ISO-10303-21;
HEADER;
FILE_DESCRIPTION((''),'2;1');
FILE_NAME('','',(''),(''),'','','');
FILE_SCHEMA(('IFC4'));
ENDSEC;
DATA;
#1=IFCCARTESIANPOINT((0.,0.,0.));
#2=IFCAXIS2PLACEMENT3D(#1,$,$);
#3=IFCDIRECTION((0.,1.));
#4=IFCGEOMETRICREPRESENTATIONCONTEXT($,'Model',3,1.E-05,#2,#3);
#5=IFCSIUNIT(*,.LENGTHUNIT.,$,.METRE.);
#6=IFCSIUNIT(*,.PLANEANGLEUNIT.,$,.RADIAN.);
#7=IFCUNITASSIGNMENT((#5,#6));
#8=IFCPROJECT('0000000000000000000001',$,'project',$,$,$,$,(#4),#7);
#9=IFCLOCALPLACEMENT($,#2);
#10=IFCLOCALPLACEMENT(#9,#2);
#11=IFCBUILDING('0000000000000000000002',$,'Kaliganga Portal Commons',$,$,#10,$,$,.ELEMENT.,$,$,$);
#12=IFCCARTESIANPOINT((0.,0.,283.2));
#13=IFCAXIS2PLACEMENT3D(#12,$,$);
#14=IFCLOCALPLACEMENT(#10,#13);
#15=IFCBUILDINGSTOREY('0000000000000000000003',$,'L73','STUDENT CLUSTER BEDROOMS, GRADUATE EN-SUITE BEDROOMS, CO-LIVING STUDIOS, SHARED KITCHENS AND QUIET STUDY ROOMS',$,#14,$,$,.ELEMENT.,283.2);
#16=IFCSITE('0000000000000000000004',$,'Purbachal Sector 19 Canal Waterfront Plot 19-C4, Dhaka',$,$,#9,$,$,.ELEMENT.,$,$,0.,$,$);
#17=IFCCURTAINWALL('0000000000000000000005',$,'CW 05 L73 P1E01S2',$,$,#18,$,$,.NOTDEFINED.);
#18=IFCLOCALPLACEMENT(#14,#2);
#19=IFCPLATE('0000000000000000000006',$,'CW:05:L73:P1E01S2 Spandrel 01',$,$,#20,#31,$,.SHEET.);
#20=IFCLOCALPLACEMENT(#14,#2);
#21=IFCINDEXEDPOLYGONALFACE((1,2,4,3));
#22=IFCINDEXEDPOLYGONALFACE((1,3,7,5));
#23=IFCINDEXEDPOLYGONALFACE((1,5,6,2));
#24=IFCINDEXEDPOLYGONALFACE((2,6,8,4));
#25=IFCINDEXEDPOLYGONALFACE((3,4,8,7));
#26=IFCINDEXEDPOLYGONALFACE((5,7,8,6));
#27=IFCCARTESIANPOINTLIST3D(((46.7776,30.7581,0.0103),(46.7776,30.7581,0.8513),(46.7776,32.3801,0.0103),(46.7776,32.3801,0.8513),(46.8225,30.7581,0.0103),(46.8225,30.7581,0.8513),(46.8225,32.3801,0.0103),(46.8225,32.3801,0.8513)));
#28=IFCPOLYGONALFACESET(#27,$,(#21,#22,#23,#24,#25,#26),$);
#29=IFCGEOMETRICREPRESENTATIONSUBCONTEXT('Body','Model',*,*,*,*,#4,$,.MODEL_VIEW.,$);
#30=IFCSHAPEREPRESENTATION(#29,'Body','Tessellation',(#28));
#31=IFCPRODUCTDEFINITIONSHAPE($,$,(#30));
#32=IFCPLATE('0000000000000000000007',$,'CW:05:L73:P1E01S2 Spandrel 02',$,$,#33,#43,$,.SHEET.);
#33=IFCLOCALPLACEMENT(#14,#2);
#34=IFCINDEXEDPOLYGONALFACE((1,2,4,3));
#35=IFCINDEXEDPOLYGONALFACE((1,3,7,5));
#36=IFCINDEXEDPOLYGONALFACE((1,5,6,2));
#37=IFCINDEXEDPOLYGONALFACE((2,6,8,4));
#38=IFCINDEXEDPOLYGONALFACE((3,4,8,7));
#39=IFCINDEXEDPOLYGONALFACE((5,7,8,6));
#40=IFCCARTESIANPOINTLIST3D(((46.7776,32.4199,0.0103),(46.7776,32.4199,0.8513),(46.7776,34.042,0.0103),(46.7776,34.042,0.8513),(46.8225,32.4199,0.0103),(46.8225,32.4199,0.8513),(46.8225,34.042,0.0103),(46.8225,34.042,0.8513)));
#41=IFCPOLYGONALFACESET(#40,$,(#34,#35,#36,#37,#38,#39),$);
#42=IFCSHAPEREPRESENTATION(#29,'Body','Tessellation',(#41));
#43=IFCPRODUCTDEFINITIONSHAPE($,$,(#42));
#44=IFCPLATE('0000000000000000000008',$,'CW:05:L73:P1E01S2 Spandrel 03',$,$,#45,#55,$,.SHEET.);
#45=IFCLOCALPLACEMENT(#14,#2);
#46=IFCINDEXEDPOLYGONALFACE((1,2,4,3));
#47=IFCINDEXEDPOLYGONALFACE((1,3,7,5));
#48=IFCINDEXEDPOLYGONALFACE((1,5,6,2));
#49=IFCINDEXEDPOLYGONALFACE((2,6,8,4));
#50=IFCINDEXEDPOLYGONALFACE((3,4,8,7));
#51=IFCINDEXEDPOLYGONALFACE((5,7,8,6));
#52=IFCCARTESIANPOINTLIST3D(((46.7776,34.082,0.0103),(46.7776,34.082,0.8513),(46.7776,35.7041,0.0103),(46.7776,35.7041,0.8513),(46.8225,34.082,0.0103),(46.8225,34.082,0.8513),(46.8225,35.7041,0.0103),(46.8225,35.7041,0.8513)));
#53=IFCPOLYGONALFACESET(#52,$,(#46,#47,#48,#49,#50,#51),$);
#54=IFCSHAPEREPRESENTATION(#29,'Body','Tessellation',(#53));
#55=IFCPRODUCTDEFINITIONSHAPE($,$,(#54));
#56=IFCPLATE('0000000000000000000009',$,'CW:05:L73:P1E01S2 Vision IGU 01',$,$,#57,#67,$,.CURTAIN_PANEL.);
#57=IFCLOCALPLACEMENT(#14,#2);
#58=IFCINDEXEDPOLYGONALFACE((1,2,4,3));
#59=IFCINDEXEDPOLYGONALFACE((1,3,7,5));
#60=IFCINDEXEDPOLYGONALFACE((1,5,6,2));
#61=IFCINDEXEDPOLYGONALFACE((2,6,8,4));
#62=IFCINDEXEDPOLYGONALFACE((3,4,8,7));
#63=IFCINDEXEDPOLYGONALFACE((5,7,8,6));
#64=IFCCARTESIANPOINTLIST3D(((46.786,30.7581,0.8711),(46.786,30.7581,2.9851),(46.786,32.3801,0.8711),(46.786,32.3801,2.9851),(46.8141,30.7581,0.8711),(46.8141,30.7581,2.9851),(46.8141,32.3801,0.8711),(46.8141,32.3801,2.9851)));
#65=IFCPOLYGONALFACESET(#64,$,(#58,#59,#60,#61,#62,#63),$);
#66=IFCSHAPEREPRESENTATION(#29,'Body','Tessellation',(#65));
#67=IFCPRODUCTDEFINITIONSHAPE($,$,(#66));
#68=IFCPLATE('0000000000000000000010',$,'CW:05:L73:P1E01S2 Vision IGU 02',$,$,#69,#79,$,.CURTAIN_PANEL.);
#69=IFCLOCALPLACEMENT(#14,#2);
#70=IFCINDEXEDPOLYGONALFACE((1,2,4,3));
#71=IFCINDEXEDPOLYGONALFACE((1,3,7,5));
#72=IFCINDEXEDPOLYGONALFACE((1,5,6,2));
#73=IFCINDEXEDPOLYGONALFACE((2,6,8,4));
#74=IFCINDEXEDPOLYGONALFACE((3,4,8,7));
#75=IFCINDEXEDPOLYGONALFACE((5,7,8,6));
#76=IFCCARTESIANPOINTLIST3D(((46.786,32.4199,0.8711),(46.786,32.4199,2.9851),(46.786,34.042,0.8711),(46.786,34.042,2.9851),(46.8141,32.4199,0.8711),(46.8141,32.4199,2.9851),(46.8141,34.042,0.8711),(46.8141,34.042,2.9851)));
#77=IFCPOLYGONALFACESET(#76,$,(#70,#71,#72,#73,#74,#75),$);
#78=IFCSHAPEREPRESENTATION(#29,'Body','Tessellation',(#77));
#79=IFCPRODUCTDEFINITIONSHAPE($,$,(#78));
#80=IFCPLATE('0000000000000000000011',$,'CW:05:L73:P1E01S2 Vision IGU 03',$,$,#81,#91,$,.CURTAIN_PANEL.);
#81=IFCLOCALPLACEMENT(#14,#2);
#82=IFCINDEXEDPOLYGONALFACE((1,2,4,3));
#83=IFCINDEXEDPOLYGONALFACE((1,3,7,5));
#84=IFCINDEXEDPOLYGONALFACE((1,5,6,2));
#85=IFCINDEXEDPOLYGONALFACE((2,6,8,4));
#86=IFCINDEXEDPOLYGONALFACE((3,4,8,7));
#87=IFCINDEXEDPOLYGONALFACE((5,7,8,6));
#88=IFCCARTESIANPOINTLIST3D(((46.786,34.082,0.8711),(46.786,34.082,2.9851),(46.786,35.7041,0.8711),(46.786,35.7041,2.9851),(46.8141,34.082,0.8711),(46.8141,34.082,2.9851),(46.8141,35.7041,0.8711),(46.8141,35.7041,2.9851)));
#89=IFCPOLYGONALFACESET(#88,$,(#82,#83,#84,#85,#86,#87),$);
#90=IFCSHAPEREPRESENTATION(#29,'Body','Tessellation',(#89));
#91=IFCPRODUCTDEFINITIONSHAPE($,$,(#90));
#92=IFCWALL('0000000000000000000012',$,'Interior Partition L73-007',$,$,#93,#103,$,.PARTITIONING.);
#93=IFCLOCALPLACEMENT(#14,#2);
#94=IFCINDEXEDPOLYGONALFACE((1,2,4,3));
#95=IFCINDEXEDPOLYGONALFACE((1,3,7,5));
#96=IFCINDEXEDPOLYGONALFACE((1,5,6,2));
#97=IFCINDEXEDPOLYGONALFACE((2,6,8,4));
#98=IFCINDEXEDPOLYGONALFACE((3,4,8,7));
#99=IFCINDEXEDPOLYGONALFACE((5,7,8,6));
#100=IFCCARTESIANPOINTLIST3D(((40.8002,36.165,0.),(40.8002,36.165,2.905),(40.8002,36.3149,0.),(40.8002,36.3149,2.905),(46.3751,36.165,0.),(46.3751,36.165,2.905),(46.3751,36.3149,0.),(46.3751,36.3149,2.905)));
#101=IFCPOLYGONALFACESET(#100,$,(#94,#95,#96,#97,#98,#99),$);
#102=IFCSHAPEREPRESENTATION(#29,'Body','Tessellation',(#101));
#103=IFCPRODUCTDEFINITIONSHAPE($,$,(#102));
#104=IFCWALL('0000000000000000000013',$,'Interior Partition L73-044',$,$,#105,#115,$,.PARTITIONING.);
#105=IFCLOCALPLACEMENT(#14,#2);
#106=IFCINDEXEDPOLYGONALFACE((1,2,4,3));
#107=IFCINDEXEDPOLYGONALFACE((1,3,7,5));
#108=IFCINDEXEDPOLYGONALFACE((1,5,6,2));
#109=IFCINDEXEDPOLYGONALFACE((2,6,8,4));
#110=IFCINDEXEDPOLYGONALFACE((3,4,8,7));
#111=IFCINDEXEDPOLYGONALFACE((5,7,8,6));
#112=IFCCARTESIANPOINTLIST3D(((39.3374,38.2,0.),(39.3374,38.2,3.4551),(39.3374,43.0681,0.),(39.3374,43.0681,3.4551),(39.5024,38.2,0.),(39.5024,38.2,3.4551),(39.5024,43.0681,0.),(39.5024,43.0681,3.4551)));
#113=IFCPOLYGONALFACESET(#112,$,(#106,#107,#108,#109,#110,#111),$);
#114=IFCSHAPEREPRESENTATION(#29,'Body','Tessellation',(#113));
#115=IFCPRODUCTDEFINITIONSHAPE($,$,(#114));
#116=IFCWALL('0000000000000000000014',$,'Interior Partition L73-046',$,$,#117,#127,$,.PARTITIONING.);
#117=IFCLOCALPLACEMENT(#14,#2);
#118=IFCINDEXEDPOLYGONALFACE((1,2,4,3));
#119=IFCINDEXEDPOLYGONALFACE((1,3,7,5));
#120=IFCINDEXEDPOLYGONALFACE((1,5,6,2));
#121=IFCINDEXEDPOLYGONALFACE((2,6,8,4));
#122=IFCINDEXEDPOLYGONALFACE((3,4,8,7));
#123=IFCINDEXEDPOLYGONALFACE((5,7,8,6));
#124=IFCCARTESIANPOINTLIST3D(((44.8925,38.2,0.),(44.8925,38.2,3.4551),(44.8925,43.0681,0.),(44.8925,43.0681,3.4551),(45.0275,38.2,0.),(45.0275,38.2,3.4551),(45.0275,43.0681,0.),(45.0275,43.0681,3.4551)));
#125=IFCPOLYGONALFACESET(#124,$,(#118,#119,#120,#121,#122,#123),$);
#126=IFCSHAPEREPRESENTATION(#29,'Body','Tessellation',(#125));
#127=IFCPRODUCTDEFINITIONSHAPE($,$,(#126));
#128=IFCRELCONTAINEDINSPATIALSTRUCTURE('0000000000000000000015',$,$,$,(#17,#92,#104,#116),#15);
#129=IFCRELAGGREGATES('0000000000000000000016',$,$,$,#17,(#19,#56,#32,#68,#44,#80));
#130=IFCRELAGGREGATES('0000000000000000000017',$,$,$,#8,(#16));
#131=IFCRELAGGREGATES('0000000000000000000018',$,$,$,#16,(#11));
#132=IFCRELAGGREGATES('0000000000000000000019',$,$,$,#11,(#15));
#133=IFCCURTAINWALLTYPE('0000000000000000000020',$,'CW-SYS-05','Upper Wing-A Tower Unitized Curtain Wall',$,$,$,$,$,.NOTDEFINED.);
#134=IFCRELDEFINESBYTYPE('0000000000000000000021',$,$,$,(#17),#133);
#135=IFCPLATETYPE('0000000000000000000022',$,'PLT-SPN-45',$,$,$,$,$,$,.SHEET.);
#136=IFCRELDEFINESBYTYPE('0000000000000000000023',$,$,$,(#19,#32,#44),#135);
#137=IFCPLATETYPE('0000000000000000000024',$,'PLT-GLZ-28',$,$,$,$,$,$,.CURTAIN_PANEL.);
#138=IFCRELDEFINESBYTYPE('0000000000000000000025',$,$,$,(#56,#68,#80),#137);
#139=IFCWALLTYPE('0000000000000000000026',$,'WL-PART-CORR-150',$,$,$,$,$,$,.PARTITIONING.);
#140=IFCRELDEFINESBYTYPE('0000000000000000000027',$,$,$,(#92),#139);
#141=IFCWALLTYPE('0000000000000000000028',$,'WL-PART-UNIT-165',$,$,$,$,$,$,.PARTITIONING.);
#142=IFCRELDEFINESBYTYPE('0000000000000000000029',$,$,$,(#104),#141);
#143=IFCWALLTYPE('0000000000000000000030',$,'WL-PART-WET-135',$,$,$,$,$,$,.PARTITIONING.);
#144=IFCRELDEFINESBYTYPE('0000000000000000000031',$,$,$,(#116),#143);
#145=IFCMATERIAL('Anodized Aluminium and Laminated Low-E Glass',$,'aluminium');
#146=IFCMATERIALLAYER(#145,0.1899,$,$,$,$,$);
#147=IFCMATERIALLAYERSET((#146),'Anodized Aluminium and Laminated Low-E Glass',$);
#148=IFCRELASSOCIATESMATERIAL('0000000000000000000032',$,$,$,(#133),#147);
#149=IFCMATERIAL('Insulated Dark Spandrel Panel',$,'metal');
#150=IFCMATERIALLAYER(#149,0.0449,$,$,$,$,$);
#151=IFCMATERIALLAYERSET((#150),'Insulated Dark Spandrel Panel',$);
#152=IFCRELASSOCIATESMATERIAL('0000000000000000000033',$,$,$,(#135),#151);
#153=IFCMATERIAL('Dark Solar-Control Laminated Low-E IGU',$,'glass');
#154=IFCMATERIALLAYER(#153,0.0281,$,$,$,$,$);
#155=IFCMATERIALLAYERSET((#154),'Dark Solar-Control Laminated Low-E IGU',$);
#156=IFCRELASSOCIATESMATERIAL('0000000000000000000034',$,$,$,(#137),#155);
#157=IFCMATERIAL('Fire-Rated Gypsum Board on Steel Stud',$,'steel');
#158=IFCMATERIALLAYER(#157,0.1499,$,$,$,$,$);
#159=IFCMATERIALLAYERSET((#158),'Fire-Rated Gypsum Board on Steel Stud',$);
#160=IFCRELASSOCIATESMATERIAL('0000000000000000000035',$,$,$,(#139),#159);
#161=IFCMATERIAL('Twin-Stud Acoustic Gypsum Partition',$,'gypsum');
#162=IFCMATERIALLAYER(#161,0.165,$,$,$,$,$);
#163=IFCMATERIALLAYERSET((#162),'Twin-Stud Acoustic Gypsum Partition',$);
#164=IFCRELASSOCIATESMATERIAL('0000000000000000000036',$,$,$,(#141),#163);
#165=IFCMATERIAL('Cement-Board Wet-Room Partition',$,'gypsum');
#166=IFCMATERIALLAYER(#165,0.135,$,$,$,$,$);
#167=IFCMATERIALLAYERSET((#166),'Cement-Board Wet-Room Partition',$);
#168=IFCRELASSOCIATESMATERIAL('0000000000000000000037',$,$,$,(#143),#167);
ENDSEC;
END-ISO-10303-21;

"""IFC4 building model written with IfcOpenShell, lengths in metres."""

from ifc_helpers import new_model, si_unit, direction, frame, frame_2d, origin, origin_2d, place, context, subcontext, project, spatial, rectangle, extrude, source, transform, mapped, material, layer, layer_set, type_object, element, aggregate, save


model = new_model("IFC4")

# Units and contexts
model_context = context("Model", 3, precision=1e-05, world=origin(), true_north=direction((0.0, 1.0)))
body_context = subcontext(model_context, "Body", "Model", "MODEL_VIEW")
ifc_project = project(units=[si_unit("LENGTHUNIT", "METRE"), si_unit("PLANEANGLEUNIT", "RADIAN")], contexts=[model_context])

# Site, building, storey
site_placement = place(None, origin())
site = spatial("IfcSite", under=ifc_project, at=site_placement, Name="Purbachal Sector 19 Canal Waterfront Plot 19-C4, Dhaka", CompositionType="ELEMENT", RefElevation=0.0)
building_placement = place(site_placement, origin())
building = spatial("IfcBuilding", under=site, at=building_placement, Name="Kaliganga Portal Commons", CompositionType="ELEMENT")
storey_placement = place(building_placement, frame((0.0, 0.0, 283.2)))
storey = spatial("IfcBuildingStorey", under=building, at=storey_placement, Name="L73", Description="STUDENT CLUSTER BEDROOMS, GRADUATE EN-SUITE BEDROOMS, CO-LIVING STUDIOS, SHARED KITCHENS AND QUIET STUDY ROOMS", CompositionType="ELEMENT", Elevation=283.2)

# Curtain wall
ifc_material_1 = material(Name="Anodized Aluminium and Laminated Low-E Glass", Category="aluminium")
ifc_layer_1 = layer(ifc_material_1, 0.1899)
ifc_layer_set_1 = layer_set([ifc_layer_1], Name="Anodized Aluminium and Laminated Low-E Glass")
curtain_wall_type = type_object("IfcCurtainWallType", Name="CW-SYS-05", Description="Upper Wing-A Tower Unitized Curtain Wall", PredefinedType="NOTDEFINED", material=ifc_layer_set_1)
curtain_wall_1_placement = place(storey_placement, origin())
curtain_wall_1 = element("IfcCurtainWall", 1, at=curtain_wall_1_placement, inside=storey, type_object=curtain_wall_type, Name="CW 05 L73 P1E01S2", PredefinedType="NOTDEFINED")

# Shared definitions
ifc_material_2 = material(Name="Insulated Dark Spandrel Panel", Category="metal")
ifc_layer_2 = layer(ifc_material_2, 0.0449)
ifc_layer_set_2 = layer_set([ifc_layer_2], Name="Insulated Dark Spandrel Panel")
plate_type_1 = type_object("IfcPlateType", Name="PLT-SPN-45", PredefinedType="SHEET", material=ifc_layer_set_2)
ifc_material_3 = material(Name="Dark Solar-Control Laminated Low-E IGU", Category="glass")
ifc_layer_3 = layer(ifc_material_3, 0.0281)
ifc_layer_set_3 = layer_set([ifc_layer_3], Name="Dark Solar-Control Laminated Low-E IGU")
plate_type_2 = type_object("IfcPlateType", Name="PLT-GLZ-28", PredefinedType="CURTAIN_PANEL", material=ifc_layer_set_3)

# Plates
shared_shape_1 = source(origin(), body_context, "Body", "SweptSolid", [
    extrude(rectangle(XDim=1.6221, YDim=0.0449, at=origin_2d()), origin(), (0.0, 0.0, 1.0), 0.8411),
])
plate_1_placement = place(storey_placement, frame((46.8, 31.5691, 0.0103), z_axis=(0.0, 0.0, 1.0), x_axis=(0.0, 1.0, 0.0)))
plate_1 = element("IfcPlate", 2, at=plate_1_placement, type_object=plate_type_1, Name="CW:05:L73:P1E01S2 Spandrel 01", PredefinedType="SHEET", context=body_context, shape_type="MappedRepresentation", body=[
    mapped(shared_shape_1, transform((0.0, 0.0, 0.0), x_axis=(1.0, 0.0, 0.0), y_axis=(0.0, 1.0, 0.0), z_axis=(0.0, 0.0, 1.0), scale=1.0)),
])
plate_2_placement = place(storey_placement, frame((46.8, 33.231, 0.0103), z_axis=(0.0, 0.0, 1.0), x_axis=(0.0, 1.0, 0.0)))
plate_2 = element("IfcPlate", 3, at=plate_2_placement, type_object=plate_type_1, Name="CW:05:L73:P1E01S2 Spandrel 02", PredefinedType="SHEET", context=body_context, shape_type="MappedRepresentation", body=[
    mapped(shared_shape_1, transform((0.0, 0.0, 0.0), x_axis=(1.0, 0.0, 0.0), y_axis=(0.0, 1.0, 0.0), z_axis=(0.0, 0.0, 1.0), scale=1.0)),
])
plate_3_placement = place(storey_placement, frame((46.8, 34.8931, 0.0103), z_axis=(0.0, 0.0, 1.0), x_axis=(0.0, 1.0, 0.0)))
plate_3 = element("IfcPlate", 4, at=plate_3_placement, type_object=plate_type_1, Name="CW:05:L73:P1E01S2 Spandrel 03", PredefinedType="SHEET", context=body_context, shape_type="MappedRepresentation", body=[
    mapped(shared_shape_1, transform((0.0, 0.0, 0.0), x_axis=(1.0, 0.0, 0.0), y_axis=(0.0, 1.0, 0.0), z_axis=(0.0, 0.0, 1.0), scale=1.0)),
])
shared_shape_2 = source(origin(), body_context, "Body", "SweptSolid", [
    extrude(rectangle(XDim=1.6221, YDim=0.0281, at=origin_2d()), origin(), (0.0, 0.0, 1.0), 2.114),
])
plate_4_placement = place(storey_placement, frame((46.8, 31.5691, 0.8711), z_axis=(0.0, 0.0, 1.0), x_axis=(0.0, 1.0, 0.0)))
plate_4 = element("IfcPlate", 5, at=plate_4_placement, type_object=plate_type_2, Name="CW:05:L73:P1E01S2 Vision IGU 01", PredefinedType="CURTAIN_PANEL", context=body_context, shape_type="MappedRepresentation", body=[
    mapped(shared_shape_2, transform((0.0, 0.0, 0.0), x_axis=(1.0, 0.0, 0.0), y_axis=(0.0, 1.0, 0.0), z_axis=(0.0, 0.0, 1.0), scale=1.0)),
])
plate_5_placement = place(storey_placement, frame((46.8, 33.231, 0.8711), z_axis=(0.0, 0.0, 1.0), x_axis=(0.0, 1.0, 0.0)))
plate_5 = element("IfcPlate", 6, at=plate_5_placement, type_object=plate_type_2, Name="CW:05:L73:P1E01S2 Vision IGU 02", PredefinedType="CURTAIN_PANEL", context=body_context, shape_type="MappedRepresentation", body=[
    mapped(shared_shape_2, transform((0.0, 0.0, 0.0), x_axis=(1.0, 0.0, 0.0), y_axis=(0.0, 1.0, 0.0), z_axis=(0.0, 0.0, 1.0), scale=1.0)),
])
plate_6_placement = place(storey_placement, frame((46.8, 34.8931, 0.8711), z_axis=(0.0, 0.0, 1.0), x_axis=(0.0, 1.0, 0.0)))
plate_6 = element("IfcPlate", 7, at=plate_6_placement, type_object=plate_type_2, Name="CW:05:L73:P1E01S2 Vision IGU 03", PredefinedType="CURTAIN_PANEL", context=body_context, shape_type="MappedRepresentation", body=[
    mapped(shared_shape_2, transform((0.0, 0.0, 0.0), x_axis=(1.0, 0.0, 0.0), y_axis=(0.0, 1.0, 0.0), z_axis=(0.0, 0.0, 1.0), scale=1.0)),
])
aggregate(curtain_wall_1, [plate_1, plate_4, plate_2, plate_5, plate_3, plate_6])

# Wall
ifc_material_4 = material(Name="Fire-Rated Gypsum Board on Steel Stud", Category="steel")
ifc_layer_4 = layer(ifc_material_4, 0.1499)
ifc_layer_set_4 = layer_set([ifc_layer_4], Name="Fire-Rated Gypsum Board on Steel Stud")
wall_type_1 = type_object("IfcWallType", Name="WL-PART-CORR-150", PredefinedType="PARTITIONING", material=ifc_layer_set_4)
wall_1_placement = place(storey_placement, frame((40.8, 36.24, 0.0), z_axis=(0.0, 0.0, 1.0), x_axis=(1.0, 0.0, 0.0)))
element("IfcWall", 8, at=wall_1_placement, inside=storey, type_object=wall_type_1, Name="Interior Partition L73-007", PredefinedType="PARTITIONING", context=body_context, shape_type="SweptSolid", body=[
    extrude(rectangle(XDim=5.575, YDim=0.1499, at=frame_2d((2.7876, 0.0))), origin(), (0.0, 0.0, 1.0), 2.905),
])

# Walls
ifc_material_5 = material(Name="Twin-Stud Acoustic Gypsum Partition", Category="gypsum")
ifc_layer_5 = layer(ifc_material_5, 0.165)
ifc_layer_set_5 = layer_set([ifc_layer_5], Name="Twin-Stud Acoustic Gypsum Partition")
wall_type_2 = type_object("IfcWallType", Name="WL-PART-UNIT-165", PredefinedType="PARTITIONING", material=ifc_layer_set_5)
wall_2_placement = place(storey_placement, frame((39.4199, 38.2, 0.0), z_axis=(0.0, 0.0, 1.0), x_axis=(0.0, 1.0, 0.0)))
element("IfcWall", 9, at=wall_2_placement, inside=storey, type_object=wall_type_2, Name="Interior Partition L73-044", PredefinedType="PARTITIONING", context=body_context, shape_type="SweptSolid", body=[
    extrude(rectangle(XDim=4.8682, YDim=0.165, at=frame_2d((2.4341, 0.0))), origin(), (0.0, 0.0, 1.0), 3.4551),
])
ifc_material_6 = material(Name="Cement-Board Wet-Room Partition", Category="gypsum")
ifc_layer_6 = layer(ifc_material_6, 0.135)
ifc_layer_set_6 = layer_set([ifc_layer_6], Name="Cement-Board Wet-Room Partition")
wall_type_3 = type_object("IfcWallType", Name="WL-PART-WET-135", PredefinedType="PARTITIONING", material=ifc_layer_set_6)
wall_3_placement = place(storey_placement, frame((44.96, 38.2, 0.0), z_axis=(0.0, 0.0, 1.0), x_axis=(0.0, 1.0, 0.0)))
element("IfcWall", 10, at=wall_3_placement, inside=storey, type_object=wall_type_3, Name="Interior Partition L73-046", PredefinedType="PARTITIONING", context=body_context, shape_type="SweptSolid", body=[
    extrude(rectangle(XDim=4.8682, YDim=0.135, at=frame_2d((2.4341, 0.0))), origin(), (0.0, 0.0, 1.0), 3.4551),
])

save(model, "model.ifc")
